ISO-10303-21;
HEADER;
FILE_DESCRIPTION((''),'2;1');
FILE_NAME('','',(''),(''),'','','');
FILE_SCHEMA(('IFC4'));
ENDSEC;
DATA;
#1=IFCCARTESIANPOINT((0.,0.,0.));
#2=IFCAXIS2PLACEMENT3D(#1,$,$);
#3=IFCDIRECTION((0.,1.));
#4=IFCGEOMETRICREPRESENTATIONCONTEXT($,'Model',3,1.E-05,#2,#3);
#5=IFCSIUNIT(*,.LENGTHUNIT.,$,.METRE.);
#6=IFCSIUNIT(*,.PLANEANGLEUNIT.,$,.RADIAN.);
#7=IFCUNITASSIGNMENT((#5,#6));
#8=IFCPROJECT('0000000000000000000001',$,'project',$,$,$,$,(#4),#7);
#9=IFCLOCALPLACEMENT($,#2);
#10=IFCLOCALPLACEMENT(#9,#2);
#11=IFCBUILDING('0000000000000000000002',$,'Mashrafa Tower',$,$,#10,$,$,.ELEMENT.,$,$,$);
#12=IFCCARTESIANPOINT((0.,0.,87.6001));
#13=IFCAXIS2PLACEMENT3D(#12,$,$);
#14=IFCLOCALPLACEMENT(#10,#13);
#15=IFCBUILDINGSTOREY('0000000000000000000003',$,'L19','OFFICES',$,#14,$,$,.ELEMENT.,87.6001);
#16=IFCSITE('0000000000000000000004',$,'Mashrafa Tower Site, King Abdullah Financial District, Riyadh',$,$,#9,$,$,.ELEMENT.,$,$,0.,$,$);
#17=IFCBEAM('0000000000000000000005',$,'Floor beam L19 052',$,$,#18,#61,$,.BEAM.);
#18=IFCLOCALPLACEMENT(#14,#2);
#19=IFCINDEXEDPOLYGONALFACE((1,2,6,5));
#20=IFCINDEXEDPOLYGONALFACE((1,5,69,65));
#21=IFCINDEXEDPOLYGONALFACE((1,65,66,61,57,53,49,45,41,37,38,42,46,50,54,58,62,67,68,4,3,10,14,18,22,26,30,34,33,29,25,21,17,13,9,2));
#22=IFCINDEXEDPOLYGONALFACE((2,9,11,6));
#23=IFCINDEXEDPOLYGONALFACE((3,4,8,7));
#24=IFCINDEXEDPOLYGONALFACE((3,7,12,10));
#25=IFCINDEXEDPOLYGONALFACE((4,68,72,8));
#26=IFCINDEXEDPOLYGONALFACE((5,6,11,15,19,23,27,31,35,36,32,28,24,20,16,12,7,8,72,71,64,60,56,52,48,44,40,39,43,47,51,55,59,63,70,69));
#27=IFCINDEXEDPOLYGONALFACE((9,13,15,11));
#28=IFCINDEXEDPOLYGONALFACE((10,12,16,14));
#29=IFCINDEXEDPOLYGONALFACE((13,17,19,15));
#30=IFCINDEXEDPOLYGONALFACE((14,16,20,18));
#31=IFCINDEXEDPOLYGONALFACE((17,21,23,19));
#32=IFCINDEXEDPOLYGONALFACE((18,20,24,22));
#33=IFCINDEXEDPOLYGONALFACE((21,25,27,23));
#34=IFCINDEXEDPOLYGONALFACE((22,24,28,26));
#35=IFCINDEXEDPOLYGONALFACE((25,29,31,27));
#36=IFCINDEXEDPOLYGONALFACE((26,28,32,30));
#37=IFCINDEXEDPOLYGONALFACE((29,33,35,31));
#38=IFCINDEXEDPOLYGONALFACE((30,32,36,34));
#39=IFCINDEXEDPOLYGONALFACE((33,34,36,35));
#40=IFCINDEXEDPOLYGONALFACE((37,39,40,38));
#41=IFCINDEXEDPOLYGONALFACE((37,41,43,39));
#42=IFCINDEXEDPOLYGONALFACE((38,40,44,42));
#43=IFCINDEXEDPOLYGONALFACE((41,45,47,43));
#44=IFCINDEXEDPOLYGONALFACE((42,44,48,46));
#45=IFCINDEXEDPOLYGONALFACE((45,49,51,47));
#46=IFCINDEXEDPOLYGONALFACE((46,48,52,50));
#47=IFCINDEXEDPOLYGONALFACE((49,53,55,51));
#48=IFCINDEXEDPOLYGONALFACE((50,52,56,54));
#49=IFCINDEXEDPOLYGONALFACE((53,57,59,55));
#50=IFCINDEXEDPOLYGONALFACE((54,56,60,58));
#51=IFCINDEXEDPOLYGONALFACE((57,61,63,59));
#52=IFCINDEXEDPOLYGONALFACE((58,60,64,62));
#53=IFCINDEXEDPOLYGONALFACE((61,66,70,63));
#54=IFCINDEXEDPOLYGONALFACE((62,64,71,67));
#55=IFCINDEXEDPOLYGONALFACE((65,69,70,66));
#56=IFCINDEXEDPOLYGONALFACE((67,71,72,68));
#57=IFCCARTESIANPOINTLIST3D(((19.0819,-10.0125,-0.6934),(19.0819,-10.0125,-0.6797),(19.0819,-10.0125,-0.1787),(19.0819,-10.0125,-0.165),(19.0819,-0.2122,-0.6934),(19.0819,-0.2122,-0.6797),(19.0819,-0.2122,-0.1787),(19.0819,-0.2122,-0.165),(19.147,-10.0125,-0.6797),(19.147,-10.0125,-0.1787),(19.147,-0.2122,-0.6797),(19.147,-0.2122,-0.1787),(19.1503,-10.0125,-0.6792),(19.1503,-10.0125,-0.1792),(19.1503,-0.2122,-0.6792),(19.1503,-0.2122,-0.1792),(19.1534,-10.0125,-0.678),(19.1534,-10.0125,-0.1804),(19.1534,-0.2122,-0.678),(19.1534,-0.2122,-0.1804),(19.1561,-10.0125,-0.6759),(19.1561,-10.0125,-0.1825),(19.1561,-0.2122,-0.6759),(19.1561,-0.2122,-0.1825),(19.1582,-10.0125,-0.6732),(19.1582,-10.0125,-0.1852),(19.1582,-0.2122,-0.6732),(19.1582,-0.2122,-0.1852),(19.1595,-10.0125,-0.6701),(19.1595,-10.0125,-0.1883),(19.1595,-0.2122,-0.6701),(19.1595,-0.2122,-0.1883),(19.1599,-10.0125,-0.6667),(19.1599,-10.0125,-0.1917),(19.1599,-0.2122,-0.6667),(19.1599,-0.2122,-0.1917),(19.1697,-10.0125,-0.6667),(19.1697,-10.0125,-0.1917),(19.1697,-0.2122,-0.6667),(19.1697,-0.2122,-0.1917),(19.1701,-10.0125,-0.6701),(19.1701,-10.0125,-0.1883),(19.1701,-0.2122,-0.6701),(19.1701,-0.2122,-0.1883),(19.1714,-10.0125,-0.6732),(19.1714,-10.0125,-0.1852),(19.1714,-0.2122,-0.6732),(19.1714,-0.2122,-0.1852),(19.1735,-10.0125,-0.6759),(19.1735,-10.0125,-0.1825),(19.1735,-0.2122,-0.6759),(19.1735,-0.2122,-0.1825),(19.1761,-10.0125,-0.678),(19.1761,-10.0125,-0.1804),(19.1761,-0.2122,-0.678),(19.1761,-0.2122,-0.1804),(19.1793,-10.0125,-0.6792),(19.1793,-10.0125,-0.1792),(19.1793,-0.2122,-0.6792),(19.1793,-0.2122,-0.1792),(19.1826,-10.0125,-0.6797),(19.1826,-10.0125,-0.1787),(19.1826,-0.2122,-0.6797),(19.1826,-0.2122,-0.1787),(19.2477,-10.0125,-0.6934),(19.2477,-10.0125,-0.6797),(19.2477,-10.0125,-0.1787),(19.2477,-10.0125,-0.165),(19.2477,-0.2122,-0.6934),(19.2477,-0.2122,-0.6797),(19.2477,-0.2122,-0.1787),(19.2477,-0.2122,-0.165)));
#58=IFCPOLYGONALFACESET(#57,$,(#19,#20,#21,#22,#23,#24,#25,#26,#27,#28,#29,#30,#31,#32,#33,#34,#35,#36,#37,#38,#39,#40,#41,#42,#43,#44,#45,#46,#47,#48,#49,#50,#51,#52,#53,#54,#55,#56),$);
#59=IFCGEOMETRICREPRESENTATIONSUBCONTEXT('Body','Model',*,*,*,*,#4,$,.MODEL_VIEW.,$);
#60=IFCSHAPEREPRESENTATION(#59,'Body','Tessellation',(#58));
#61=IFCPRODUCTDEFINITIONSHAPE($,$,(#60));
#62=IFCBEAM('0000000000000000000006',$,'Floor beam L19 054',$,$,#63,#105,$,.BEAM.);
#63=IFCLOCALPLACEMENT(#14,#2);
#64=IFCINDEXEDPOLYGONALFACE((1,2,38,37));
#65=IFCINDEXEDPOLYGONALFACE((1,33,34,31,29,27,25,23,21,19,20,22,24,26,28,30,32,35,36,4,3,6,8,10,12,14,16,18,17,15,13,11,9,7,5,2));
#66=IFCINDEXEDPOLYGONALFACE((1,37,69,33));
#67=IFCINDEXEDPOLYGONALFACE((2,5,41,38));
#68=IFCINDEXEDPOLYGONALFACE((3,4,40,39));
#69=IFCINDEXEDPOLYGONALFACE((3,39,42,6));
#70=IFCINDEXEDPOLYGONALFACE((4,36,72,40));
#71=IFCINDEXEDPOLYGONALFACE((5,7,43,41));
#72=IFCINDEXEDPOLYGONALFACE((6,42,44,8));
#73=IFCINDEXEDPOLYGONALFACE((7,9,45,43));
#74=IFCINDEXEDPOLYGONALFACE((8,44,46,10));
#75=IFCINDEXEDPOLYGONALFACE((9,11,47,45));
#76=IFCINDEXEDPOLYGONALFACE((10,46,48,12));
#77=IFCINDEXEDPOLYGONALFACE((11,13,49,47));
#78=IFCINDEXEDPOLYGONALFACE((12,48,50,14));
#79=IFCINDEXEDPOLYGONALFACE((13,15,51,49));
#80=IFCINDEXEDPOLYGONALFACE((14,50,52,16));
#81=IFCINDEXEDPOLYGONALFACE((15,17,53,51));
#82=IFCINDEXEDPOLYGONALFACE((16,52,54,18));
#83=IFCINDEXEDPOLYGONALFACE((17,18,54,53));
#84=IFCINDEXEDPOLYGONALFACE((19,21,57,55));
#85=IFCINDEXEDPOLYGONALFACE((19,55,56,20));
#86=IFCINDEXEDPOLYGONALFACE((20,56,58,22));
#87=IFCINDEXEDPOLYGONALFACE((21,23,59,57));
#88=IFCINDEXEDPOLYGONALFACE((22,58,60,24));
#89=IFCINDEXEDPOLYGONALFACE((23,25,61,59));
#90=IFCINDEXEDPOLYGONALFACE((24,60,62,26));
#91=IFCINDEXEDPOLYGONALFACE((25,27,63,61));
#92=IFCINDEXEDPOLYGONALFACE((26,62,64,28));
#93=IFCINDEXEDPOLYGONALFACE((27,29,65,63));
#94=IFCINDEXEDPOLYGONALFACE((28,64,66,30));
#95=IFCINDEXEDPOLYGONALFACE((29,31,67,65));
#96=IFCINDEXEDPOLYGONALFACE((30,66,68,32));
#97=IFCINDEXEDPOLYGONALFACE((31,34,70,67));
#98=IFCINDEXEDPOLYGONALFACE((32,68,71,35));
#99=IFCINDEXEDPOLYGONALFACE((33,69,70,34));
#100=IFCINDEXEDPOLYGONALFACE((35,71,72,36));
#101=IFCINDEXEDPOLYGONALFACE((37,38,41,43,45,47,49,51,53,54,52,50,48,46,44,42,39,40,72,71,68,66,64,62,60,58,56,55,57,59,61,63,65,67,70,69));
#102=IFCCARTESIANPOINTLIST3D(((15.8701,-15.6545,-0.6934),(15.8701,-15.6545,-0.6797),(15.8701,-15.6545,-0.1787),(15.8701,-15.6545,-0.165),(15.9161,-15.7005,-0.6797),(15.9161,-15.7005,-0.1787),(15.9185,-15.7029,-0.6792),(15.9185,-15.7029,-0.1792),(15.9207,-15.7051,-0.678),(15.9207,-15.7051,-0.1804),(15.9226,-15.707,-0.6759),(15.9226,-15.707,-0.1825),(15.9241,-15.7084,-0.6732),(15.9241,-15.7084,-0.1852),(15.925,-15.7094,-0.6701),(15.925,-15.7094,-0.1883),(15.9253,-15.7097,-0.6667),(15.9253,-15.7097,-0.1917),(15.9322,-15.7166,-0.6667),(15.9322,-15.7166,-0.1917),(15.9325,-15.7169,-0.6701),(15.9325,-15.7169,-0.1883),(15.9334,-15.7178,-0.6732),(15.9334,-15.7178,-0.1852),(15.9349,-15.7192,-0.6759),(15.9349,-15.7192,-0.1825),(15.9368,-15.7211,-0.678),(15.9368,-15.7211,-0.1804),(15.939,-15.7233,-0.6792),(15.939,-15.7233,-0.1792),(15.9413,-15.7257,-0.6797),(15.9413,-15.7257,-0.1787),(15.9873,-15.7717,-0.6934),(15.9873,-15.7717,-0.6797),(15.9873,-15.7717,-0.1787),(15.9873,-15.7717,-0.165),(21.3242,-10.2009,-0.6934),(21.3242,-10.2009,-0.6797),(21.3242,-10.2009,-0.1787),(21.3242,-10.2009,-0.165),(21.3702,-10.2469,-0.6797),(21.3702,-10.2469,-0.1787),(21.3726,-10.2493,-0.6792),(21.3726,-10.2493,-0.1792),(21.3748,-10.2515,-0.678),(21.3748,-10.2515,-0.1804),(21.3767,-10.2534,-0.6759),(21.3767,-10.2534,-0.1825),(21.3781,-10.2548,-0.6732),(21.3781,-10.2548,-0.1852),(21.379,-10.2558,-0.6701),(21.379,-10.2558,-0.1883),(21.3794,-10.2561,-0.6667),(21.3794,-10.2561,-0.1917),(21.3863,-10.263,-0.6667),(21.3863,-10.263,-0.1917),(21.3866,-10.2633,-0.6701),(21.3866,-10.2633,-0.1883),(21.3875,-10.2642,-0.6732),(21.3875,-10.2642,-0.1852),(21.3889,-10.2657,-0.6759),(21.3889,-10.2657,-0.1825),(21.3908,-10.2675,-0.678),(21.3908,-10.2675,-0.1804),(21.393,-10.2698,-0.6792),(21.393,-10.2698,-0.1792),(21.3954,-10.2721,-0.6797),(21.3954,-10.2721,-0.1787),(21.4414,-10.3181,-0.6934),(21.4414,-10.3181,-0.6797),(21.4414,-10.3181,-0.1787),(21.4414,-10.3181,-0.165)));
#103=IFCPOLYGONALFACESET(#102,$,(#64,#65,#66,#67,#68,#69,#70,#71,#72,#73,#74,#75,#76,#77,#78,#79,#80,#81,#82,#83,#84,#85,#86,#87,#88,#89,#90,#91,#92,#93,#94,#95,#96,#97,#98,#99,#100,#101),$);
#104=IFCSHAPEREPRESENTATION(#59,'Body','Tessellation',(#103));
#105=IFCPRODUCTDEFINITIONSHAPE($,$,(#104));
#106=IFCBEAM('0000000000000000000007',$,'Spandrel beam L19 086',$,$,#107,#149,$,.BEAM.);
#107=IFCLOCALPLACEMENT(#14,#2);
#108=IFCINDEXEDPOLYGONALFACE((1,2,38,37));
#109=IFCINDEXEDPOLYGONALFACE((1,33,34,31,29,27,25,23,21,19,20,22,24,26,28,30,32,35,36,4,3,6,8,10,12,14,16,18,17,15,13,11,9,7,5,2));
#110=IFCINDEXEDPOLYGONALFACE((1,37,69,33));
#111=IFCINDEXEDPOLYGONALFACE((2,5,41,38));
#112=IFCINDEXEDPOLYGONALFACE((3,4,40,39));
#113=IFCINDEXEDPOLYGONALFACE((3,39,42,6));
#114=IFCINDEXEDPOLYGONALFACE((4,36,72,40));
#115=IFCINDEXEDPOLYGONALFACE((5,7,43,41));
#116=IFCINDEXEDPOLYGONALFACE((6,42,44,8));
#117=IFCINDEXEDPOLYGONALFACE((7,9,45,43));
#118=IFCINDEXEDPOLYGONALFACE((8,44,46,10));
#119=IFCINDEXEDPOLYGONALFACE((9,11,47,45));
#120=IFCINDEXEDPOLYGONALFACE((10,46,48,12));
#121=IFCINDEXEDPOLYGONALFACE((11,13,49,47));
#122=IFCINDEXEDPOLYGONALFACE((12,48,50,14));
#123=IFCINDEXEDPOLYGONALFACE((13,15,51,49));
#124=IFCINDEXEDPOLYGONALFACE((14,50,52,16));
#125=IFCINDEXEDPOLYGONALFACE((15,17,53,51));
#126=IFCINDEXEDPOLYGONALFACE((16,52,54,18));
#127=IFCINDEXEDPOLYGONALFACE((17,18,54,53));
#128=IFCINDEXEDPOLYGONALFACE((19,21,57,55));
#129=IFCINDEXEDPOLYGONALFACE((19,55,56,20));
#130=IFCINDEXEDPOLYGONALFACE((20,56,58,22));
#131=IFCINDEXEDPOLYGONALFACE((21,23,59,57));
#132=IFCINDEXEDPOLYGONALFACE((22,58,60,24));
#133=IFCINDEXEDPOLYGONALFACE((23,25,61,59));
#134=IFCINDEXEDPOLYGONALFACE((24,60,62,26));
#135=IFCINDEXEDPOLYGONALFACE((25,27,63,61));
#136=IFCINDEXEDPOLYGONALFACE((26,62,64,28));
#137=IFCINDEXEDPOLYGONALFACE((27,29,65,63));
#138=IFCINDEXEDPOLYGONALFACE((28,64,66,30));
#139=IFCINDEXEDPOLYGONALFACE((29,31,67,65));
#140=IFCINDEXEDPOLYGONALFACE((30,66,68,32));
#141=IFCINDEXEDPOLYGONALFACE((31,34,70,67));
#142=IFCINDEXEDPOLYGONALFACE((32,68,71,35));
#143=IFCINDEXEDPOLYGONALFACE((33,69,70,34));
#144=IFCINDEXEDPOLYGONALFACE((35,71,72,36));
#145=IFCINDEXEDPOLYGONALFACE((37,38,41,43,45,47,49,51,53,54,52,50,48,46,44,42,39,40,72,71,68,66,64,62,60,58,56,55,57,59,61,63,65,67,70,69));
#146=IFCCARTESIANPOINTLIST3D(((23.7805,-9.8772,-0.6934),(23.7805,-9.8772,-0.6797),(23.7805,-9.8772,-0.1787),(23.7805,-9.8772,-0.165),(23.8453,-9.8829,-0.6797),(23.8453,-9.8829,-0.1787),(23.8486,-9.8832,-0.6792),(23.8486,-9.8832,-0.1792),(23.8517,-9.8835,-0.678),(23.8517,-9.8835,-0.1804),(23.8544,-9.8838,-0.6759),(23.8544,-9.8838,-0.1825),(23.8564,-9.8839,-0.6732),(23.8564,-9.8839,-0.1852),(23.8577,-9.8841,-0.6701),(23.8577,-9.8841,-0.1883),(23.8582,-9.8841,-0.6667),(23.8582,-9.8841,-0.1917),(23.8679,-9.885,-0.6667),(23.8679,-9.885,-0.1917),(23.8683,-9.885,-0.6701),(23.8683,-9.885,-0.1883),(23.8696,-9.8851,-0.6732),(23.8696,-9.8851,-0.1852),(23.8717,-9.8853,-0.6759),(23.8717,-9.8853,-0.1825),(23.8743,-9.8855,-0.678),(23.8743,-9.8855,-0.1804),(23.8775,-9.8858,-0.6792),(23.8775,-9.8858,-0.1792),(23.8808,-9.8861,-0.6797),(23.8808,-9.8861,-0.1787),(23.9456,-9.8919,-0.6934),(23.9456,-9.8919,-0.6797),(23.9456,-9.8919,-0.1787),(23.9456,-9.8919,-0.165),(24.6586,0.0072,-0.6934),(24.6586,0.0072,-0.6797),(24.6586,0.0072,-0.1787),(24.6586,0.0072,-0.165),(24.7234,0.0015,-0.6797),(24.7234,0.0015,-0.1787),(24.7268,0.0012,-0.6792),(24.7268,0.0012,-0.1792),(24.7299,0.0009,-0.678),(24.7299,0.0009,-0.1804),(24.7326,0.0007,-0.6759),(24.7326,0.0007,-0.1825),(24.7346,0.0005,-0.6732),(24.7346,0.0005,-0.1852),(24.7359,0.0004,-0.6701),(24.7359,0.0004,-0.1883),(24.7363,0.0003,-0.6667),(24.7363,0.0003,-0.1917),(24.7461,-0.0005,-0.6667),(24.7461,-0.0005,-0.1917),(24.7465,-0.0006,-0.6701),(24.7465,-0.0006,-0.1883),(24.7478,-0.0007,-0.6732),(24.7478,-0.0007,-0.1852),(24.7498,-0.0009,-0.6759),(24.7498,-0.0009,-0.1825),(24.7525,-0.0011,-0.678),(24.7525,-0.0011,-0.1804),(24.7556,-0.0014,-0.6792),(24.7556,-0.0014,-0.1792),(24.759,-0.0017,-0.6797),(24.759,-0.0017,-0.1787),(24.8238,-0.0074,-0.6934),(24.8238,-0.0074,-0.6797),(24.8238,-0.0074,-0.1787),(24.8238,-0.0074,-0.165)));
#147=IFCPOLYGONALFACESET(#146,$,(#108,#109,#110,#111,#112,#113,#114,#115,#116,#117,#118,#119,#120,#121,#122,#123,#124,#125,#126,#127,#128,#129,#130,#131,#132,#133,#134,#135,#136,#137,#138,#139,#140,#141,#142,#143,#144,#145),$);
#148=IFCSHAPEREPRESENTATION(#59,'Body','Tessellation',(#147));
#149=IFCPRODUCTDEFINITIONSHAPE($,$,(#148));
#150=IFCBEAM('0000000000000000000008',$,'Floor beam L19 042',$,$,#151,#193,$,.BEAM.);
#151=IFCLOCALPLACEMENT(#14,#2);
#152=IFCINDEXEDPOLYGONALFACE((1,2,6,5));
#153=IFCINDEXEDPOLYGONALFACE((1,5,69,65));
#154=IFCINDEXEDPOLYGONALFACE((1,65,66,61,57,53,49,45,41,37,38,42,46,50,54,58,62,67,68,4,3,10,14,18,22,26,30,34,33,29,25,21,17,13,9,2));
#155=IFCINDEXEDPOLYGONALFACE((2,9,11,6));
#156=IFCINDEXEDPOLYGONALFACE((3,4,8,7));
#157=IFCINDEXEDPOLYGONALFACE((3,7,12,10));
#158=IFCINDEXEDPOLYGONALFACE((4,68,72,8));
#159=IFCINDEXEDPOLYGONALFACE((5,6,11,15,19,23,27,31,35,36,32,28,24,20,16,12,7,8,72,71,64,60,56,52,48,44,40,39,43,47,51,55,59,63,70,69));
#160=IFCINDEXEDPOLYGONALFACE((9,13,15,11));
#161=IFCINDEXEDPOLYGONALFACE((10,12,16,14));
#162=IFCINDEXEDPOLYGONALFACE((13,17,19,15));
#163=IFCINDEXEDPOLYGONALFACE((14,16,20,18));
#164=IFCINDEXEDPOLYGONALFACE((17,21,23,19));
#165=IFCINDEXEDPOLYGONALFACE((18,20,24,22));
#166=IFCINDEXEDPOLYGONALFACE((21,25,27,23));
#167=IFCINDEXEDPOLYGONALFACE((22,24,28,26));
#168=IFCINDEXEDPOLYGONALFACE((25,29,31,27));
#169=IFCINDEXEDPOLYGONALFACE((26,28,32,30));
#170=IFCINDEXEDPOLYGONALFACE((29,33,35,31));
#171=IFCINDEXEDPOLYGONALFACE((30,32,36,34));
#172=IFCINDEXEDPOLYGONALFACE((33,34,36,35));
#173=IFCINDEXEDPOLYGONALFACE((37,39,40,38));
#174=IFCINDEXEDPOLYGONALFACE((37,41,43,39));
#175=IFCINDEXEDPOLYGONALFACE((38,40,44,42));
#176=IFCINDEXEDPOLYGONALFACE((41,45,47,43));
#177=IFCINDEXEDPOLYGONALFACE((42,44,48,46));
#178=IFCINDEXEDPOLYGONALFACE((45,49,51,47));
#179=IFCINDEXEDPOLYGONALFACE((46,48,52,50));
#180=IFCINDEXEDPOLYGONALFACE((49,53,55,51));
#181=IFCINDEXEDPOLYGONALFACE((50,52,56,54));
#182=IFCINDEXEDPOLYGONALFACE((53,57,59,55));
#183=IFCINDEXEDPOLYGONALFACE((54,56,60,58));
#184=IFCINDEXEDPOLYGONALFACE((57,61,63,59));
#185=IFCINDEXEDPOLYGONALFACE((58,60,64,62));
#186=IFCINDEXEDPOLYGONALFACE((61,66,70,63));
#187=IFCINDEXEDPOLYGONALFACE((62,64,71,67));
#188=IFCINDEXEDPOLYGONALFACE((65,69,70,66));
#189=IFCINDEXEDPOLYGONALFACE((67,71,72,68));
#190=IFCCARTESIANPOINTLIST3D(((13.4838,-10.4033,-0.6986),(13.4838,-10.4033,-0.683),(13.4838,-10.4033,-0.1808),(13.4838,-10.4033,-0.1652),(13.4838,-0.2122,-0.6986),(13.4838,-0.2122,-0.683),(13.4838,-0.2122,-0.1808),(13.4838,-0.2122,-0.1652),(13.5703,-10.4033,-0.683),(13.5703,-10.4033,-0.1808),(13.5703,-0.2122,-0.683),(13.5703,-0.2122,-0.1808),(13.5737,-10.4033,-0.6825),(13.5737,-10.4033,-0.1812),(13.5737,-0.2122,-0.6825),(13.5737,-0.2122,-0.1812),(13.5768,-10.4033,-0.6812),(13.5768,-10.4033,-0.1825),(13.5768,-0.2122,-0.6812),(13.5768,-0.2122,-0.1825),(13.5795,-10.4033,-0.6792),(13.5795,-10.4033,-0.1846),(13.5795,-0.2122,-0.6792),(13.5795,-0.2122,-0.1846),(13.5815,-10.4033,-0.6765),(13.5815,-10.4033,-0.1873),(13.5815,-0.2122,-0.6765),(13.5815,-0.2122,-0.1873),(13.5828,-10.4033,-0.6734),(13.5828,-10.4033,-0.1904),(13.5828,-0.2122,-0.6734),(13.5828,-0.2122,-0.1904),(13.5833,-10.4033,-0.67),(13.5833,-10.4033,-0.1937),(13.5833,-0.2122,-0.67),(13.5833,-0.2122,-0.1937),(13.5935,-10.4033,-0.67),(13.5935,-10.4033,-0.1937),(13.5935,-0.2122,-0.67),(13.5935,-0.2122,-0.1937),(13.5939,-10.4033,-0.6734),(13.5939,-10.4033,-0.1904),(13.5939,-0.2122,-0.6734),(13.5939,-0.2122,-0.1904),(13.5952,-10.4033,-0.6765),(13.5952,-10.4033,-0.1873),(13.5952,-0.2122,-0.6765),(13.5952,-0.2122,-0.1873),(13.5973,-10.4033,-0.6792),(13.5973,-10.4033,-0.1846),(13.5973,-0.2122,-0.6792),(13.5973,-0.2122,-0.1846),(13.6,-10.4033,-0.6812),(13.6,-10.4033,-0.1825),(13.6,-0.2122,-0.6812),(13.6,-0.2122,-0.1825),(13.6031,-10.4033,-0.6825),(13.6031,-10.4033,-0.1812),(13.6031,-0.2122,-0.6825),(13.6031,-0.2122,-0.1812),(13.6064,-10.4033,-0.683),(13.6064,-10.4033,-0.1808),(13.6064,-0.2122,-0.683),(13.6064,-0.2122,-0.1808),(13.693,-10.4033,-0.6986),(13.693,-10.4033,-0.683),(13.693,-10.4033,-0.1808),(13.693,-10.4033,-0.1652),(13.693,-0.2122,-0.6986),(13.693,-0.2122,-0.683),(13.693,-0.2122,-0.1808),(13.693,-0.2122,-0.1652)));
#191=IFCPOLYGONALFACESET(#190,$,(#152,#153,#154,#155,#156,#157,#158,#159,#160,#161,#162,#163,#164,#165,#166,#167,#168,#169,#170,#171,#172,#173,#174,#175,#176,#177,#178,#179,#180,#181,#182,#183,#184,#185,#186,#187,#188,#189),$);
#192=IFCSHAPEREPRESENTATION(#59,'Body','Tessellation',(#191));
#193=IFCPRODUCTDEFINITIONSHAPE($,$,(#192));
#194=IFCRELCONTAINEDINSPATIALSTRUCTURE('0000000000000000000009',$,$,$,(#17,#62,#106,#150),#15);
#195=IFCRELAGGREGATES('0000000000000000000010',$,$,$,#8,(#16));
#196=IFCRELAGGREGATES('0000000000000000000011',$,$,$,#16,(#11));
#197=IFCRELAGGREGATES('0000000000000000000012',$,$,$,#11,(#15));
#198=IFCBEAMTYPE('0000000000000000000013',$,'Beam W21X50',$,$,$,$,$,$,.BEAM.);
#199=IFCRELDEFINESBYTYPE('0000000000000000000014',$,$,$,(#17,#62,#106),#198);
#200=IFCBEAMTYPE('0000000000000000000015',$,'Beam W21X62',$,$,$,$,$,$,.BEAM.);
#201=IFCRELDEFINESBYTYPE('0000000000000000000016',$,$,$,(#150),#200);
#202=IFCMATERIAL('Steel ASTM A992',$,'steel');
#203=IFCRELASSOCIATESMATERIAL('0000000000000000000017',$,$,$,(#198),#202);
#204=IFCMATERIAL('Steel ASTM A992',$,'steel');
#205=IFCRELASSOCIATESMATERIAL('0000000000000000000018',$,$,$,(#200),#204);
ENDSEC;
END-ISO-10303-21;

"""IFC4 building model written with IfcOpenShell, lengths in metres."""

from ifc_helpers import new_model, si_unit, direction, frame, origin, origin_2d, place, context, subcontext, project, spatial, i_section, extrude, material, material_profile, profile_set, type_object, element, save


model = new_model("IFC4")

# Units and contexts
model_context = context("Model", 3, precision=1e-05, world=origin(), true_north=direction((0.0, 1.0)))
body_context = subcontext(model_context, "Body", "Model", "MODEL_VIEW")
ifc_project = project(units=[si_unit("LENGTHUNIT", "METRE"), si_unit("PLANEANGLEUNIT", "RADIAN")], contexts=[model_context])

# Site, building, storey
site_placement = place(None, origin())
site = spatial("IfcSite", under=ifc_project, at=site_placement, Name="Mashrafa Tower Site, King Abdullah Financial District, Riyadh", CompositionType="ELEMENT", RefElevation=0.0)
building_placement = place(site_placement, origin())
building = spatial("IfcBuilding", under=site, at=building_placement, Name="Mashrafa Tower", CompositionType="ELEMENT")
storey_placement = place(building_placement, frame((0.0, 0.0, 87.6001)))
storey = spatial("IfcBuildingStorey", under=building, at=storey_placement, Name="L19", Description="OFFICES", CompositionType="ELEMENT", Elevation=87.6001)

# Beams
ifc_material_1 = material(Name="Steel ASTM A992", Category="steel")
ifc_material_profile_1 = material_profile(ifc_material_1, i_section(OverallWidth=0.1658, OverallDepth=0.5283, WebThickness=0.0098, FlangeThickness=0.0137, FilletRadius=0.0129, at=origin_2d()), Name="W21X50")
ifc_profile_set_1 = profile_set([ifc_material_profile_1], Name="Steel ASTM A992")
beam_type_1 = type_object("IfcBeamType", Name="Beam W21X50", PredefinedType="BEAM", material=ifc_profile_set_1)
beam_1_placement = place(storey_placement, frame((19.1648, -0.2122, -0.4292), z_axis=(0.0, -1.0, 0.0), x_axis=(1.0, 0.0, 0.0)))
element("IfcBeam", 1, at=beam_1_placement, inside=storey, type_object=beam_type_1, Name="Floor beam L19 052", PredefinedType="BEAM", context=body_context, shape_type="SweptSolid", body=[
    extrude(i_section(OverallWidth=0.1658, OverallDepth=0.5283, WebThickness=0.0098, FlangeThickness=0.0137, FilletRadius=0.0129, at=origin_2d()), origin(), (0.0, 0.0, 1.0), 9.8003),
])
beam_2_placement = place(storey_placement, frame((21.3828, -10.2595, -0.4292), z_axis=(-0.707138, -0.707075, 0.0), x_axis=(0.707075, -0.707138, 0.0)))
element("IfcBeam", 2, at=beam_2_placement, inside=storey, type_object=beam_type_1, Name="Floor beam L19 054", PredefinedType="BEAM", context=body_context, shape_type="SweptSolid", body=[
    extrude(i_section(OverallWidth=0.1658, OverallDepth=0.5283, WebThickness=0.0098, FlangeThickness=0.0137, FilletRadius=0.0129, at=origin_2d()), origin(), (0.0, 0.0, 1.0), 7.7129),
])
beam_3_placement = place(storey_placement, frame((23.863, -9.8845, -0.4292), z_axis=(0.088495, 0.996077, 0.0), x_axis=(-0.996077, 0.088495, 0.0)))
element("IfcBeam", 3, at=beam_3_placement, inside=storey, type_object=beam_type_1, Name="Spandrel beam L19 086", PredefinedType="BEAM", context=body_context, shape_type="SweptSolid", body=[
    extrude(i_section(OverallWidth=0.1658, OverallDepth=0.5283, WebThickness=0.0098, FlangeThickness=0.0137, FilletRadius=0.0129, at=origin_2d()), origin(), (0.0, 0.0, 1.0), 9.9233),
])
ifc_material_2 = material(Name="Steel ASTM A992", Category="steel")
ifc_material_profile_2 = material_profile(ifc_material_2, i_section(OverallWidth=0.2092, OverallDepth=0.5334, WebThickness=0.0103, FlangeThickness=0.0156, FilletRadius=0.0129, at=origin_2d()), Name="W21X62")
ifc_profile_set_2 = profile_set([ifc_material_profile_2], Name="Steel ASTM A992")
beam_type_2 = type_object("IfcBeamType", Name="Beam W21X62", PredefinedType="BEAM", material=ifc_profile_set_2)
beam_4_placement = place(storey_placement, frame((13.5884, -0.2122, -0.4319), z_axis=(0.0, -1.0, 0.0), x_axis=(1.0, 0.0, 0.0)))
element("IfcBeam", 4, at=beam_4_placement, inside=storey, type_object=beam_type_2, Name="Floor beam L19 042", PredefinedType="BEAM", context=body_context, shape_type="SweptSolid", body=[
    extrude(i_section(OverallWidth=0.2092, OverallDepth=0.5334, WebThickness=0.0103, FlangeThickness=0.0156, FilletRadius=0.0129, at=origin_2d()), origin(), (0.0, 0.0, 1.0), 10.1912),
])

save(model, "model.ifc")
